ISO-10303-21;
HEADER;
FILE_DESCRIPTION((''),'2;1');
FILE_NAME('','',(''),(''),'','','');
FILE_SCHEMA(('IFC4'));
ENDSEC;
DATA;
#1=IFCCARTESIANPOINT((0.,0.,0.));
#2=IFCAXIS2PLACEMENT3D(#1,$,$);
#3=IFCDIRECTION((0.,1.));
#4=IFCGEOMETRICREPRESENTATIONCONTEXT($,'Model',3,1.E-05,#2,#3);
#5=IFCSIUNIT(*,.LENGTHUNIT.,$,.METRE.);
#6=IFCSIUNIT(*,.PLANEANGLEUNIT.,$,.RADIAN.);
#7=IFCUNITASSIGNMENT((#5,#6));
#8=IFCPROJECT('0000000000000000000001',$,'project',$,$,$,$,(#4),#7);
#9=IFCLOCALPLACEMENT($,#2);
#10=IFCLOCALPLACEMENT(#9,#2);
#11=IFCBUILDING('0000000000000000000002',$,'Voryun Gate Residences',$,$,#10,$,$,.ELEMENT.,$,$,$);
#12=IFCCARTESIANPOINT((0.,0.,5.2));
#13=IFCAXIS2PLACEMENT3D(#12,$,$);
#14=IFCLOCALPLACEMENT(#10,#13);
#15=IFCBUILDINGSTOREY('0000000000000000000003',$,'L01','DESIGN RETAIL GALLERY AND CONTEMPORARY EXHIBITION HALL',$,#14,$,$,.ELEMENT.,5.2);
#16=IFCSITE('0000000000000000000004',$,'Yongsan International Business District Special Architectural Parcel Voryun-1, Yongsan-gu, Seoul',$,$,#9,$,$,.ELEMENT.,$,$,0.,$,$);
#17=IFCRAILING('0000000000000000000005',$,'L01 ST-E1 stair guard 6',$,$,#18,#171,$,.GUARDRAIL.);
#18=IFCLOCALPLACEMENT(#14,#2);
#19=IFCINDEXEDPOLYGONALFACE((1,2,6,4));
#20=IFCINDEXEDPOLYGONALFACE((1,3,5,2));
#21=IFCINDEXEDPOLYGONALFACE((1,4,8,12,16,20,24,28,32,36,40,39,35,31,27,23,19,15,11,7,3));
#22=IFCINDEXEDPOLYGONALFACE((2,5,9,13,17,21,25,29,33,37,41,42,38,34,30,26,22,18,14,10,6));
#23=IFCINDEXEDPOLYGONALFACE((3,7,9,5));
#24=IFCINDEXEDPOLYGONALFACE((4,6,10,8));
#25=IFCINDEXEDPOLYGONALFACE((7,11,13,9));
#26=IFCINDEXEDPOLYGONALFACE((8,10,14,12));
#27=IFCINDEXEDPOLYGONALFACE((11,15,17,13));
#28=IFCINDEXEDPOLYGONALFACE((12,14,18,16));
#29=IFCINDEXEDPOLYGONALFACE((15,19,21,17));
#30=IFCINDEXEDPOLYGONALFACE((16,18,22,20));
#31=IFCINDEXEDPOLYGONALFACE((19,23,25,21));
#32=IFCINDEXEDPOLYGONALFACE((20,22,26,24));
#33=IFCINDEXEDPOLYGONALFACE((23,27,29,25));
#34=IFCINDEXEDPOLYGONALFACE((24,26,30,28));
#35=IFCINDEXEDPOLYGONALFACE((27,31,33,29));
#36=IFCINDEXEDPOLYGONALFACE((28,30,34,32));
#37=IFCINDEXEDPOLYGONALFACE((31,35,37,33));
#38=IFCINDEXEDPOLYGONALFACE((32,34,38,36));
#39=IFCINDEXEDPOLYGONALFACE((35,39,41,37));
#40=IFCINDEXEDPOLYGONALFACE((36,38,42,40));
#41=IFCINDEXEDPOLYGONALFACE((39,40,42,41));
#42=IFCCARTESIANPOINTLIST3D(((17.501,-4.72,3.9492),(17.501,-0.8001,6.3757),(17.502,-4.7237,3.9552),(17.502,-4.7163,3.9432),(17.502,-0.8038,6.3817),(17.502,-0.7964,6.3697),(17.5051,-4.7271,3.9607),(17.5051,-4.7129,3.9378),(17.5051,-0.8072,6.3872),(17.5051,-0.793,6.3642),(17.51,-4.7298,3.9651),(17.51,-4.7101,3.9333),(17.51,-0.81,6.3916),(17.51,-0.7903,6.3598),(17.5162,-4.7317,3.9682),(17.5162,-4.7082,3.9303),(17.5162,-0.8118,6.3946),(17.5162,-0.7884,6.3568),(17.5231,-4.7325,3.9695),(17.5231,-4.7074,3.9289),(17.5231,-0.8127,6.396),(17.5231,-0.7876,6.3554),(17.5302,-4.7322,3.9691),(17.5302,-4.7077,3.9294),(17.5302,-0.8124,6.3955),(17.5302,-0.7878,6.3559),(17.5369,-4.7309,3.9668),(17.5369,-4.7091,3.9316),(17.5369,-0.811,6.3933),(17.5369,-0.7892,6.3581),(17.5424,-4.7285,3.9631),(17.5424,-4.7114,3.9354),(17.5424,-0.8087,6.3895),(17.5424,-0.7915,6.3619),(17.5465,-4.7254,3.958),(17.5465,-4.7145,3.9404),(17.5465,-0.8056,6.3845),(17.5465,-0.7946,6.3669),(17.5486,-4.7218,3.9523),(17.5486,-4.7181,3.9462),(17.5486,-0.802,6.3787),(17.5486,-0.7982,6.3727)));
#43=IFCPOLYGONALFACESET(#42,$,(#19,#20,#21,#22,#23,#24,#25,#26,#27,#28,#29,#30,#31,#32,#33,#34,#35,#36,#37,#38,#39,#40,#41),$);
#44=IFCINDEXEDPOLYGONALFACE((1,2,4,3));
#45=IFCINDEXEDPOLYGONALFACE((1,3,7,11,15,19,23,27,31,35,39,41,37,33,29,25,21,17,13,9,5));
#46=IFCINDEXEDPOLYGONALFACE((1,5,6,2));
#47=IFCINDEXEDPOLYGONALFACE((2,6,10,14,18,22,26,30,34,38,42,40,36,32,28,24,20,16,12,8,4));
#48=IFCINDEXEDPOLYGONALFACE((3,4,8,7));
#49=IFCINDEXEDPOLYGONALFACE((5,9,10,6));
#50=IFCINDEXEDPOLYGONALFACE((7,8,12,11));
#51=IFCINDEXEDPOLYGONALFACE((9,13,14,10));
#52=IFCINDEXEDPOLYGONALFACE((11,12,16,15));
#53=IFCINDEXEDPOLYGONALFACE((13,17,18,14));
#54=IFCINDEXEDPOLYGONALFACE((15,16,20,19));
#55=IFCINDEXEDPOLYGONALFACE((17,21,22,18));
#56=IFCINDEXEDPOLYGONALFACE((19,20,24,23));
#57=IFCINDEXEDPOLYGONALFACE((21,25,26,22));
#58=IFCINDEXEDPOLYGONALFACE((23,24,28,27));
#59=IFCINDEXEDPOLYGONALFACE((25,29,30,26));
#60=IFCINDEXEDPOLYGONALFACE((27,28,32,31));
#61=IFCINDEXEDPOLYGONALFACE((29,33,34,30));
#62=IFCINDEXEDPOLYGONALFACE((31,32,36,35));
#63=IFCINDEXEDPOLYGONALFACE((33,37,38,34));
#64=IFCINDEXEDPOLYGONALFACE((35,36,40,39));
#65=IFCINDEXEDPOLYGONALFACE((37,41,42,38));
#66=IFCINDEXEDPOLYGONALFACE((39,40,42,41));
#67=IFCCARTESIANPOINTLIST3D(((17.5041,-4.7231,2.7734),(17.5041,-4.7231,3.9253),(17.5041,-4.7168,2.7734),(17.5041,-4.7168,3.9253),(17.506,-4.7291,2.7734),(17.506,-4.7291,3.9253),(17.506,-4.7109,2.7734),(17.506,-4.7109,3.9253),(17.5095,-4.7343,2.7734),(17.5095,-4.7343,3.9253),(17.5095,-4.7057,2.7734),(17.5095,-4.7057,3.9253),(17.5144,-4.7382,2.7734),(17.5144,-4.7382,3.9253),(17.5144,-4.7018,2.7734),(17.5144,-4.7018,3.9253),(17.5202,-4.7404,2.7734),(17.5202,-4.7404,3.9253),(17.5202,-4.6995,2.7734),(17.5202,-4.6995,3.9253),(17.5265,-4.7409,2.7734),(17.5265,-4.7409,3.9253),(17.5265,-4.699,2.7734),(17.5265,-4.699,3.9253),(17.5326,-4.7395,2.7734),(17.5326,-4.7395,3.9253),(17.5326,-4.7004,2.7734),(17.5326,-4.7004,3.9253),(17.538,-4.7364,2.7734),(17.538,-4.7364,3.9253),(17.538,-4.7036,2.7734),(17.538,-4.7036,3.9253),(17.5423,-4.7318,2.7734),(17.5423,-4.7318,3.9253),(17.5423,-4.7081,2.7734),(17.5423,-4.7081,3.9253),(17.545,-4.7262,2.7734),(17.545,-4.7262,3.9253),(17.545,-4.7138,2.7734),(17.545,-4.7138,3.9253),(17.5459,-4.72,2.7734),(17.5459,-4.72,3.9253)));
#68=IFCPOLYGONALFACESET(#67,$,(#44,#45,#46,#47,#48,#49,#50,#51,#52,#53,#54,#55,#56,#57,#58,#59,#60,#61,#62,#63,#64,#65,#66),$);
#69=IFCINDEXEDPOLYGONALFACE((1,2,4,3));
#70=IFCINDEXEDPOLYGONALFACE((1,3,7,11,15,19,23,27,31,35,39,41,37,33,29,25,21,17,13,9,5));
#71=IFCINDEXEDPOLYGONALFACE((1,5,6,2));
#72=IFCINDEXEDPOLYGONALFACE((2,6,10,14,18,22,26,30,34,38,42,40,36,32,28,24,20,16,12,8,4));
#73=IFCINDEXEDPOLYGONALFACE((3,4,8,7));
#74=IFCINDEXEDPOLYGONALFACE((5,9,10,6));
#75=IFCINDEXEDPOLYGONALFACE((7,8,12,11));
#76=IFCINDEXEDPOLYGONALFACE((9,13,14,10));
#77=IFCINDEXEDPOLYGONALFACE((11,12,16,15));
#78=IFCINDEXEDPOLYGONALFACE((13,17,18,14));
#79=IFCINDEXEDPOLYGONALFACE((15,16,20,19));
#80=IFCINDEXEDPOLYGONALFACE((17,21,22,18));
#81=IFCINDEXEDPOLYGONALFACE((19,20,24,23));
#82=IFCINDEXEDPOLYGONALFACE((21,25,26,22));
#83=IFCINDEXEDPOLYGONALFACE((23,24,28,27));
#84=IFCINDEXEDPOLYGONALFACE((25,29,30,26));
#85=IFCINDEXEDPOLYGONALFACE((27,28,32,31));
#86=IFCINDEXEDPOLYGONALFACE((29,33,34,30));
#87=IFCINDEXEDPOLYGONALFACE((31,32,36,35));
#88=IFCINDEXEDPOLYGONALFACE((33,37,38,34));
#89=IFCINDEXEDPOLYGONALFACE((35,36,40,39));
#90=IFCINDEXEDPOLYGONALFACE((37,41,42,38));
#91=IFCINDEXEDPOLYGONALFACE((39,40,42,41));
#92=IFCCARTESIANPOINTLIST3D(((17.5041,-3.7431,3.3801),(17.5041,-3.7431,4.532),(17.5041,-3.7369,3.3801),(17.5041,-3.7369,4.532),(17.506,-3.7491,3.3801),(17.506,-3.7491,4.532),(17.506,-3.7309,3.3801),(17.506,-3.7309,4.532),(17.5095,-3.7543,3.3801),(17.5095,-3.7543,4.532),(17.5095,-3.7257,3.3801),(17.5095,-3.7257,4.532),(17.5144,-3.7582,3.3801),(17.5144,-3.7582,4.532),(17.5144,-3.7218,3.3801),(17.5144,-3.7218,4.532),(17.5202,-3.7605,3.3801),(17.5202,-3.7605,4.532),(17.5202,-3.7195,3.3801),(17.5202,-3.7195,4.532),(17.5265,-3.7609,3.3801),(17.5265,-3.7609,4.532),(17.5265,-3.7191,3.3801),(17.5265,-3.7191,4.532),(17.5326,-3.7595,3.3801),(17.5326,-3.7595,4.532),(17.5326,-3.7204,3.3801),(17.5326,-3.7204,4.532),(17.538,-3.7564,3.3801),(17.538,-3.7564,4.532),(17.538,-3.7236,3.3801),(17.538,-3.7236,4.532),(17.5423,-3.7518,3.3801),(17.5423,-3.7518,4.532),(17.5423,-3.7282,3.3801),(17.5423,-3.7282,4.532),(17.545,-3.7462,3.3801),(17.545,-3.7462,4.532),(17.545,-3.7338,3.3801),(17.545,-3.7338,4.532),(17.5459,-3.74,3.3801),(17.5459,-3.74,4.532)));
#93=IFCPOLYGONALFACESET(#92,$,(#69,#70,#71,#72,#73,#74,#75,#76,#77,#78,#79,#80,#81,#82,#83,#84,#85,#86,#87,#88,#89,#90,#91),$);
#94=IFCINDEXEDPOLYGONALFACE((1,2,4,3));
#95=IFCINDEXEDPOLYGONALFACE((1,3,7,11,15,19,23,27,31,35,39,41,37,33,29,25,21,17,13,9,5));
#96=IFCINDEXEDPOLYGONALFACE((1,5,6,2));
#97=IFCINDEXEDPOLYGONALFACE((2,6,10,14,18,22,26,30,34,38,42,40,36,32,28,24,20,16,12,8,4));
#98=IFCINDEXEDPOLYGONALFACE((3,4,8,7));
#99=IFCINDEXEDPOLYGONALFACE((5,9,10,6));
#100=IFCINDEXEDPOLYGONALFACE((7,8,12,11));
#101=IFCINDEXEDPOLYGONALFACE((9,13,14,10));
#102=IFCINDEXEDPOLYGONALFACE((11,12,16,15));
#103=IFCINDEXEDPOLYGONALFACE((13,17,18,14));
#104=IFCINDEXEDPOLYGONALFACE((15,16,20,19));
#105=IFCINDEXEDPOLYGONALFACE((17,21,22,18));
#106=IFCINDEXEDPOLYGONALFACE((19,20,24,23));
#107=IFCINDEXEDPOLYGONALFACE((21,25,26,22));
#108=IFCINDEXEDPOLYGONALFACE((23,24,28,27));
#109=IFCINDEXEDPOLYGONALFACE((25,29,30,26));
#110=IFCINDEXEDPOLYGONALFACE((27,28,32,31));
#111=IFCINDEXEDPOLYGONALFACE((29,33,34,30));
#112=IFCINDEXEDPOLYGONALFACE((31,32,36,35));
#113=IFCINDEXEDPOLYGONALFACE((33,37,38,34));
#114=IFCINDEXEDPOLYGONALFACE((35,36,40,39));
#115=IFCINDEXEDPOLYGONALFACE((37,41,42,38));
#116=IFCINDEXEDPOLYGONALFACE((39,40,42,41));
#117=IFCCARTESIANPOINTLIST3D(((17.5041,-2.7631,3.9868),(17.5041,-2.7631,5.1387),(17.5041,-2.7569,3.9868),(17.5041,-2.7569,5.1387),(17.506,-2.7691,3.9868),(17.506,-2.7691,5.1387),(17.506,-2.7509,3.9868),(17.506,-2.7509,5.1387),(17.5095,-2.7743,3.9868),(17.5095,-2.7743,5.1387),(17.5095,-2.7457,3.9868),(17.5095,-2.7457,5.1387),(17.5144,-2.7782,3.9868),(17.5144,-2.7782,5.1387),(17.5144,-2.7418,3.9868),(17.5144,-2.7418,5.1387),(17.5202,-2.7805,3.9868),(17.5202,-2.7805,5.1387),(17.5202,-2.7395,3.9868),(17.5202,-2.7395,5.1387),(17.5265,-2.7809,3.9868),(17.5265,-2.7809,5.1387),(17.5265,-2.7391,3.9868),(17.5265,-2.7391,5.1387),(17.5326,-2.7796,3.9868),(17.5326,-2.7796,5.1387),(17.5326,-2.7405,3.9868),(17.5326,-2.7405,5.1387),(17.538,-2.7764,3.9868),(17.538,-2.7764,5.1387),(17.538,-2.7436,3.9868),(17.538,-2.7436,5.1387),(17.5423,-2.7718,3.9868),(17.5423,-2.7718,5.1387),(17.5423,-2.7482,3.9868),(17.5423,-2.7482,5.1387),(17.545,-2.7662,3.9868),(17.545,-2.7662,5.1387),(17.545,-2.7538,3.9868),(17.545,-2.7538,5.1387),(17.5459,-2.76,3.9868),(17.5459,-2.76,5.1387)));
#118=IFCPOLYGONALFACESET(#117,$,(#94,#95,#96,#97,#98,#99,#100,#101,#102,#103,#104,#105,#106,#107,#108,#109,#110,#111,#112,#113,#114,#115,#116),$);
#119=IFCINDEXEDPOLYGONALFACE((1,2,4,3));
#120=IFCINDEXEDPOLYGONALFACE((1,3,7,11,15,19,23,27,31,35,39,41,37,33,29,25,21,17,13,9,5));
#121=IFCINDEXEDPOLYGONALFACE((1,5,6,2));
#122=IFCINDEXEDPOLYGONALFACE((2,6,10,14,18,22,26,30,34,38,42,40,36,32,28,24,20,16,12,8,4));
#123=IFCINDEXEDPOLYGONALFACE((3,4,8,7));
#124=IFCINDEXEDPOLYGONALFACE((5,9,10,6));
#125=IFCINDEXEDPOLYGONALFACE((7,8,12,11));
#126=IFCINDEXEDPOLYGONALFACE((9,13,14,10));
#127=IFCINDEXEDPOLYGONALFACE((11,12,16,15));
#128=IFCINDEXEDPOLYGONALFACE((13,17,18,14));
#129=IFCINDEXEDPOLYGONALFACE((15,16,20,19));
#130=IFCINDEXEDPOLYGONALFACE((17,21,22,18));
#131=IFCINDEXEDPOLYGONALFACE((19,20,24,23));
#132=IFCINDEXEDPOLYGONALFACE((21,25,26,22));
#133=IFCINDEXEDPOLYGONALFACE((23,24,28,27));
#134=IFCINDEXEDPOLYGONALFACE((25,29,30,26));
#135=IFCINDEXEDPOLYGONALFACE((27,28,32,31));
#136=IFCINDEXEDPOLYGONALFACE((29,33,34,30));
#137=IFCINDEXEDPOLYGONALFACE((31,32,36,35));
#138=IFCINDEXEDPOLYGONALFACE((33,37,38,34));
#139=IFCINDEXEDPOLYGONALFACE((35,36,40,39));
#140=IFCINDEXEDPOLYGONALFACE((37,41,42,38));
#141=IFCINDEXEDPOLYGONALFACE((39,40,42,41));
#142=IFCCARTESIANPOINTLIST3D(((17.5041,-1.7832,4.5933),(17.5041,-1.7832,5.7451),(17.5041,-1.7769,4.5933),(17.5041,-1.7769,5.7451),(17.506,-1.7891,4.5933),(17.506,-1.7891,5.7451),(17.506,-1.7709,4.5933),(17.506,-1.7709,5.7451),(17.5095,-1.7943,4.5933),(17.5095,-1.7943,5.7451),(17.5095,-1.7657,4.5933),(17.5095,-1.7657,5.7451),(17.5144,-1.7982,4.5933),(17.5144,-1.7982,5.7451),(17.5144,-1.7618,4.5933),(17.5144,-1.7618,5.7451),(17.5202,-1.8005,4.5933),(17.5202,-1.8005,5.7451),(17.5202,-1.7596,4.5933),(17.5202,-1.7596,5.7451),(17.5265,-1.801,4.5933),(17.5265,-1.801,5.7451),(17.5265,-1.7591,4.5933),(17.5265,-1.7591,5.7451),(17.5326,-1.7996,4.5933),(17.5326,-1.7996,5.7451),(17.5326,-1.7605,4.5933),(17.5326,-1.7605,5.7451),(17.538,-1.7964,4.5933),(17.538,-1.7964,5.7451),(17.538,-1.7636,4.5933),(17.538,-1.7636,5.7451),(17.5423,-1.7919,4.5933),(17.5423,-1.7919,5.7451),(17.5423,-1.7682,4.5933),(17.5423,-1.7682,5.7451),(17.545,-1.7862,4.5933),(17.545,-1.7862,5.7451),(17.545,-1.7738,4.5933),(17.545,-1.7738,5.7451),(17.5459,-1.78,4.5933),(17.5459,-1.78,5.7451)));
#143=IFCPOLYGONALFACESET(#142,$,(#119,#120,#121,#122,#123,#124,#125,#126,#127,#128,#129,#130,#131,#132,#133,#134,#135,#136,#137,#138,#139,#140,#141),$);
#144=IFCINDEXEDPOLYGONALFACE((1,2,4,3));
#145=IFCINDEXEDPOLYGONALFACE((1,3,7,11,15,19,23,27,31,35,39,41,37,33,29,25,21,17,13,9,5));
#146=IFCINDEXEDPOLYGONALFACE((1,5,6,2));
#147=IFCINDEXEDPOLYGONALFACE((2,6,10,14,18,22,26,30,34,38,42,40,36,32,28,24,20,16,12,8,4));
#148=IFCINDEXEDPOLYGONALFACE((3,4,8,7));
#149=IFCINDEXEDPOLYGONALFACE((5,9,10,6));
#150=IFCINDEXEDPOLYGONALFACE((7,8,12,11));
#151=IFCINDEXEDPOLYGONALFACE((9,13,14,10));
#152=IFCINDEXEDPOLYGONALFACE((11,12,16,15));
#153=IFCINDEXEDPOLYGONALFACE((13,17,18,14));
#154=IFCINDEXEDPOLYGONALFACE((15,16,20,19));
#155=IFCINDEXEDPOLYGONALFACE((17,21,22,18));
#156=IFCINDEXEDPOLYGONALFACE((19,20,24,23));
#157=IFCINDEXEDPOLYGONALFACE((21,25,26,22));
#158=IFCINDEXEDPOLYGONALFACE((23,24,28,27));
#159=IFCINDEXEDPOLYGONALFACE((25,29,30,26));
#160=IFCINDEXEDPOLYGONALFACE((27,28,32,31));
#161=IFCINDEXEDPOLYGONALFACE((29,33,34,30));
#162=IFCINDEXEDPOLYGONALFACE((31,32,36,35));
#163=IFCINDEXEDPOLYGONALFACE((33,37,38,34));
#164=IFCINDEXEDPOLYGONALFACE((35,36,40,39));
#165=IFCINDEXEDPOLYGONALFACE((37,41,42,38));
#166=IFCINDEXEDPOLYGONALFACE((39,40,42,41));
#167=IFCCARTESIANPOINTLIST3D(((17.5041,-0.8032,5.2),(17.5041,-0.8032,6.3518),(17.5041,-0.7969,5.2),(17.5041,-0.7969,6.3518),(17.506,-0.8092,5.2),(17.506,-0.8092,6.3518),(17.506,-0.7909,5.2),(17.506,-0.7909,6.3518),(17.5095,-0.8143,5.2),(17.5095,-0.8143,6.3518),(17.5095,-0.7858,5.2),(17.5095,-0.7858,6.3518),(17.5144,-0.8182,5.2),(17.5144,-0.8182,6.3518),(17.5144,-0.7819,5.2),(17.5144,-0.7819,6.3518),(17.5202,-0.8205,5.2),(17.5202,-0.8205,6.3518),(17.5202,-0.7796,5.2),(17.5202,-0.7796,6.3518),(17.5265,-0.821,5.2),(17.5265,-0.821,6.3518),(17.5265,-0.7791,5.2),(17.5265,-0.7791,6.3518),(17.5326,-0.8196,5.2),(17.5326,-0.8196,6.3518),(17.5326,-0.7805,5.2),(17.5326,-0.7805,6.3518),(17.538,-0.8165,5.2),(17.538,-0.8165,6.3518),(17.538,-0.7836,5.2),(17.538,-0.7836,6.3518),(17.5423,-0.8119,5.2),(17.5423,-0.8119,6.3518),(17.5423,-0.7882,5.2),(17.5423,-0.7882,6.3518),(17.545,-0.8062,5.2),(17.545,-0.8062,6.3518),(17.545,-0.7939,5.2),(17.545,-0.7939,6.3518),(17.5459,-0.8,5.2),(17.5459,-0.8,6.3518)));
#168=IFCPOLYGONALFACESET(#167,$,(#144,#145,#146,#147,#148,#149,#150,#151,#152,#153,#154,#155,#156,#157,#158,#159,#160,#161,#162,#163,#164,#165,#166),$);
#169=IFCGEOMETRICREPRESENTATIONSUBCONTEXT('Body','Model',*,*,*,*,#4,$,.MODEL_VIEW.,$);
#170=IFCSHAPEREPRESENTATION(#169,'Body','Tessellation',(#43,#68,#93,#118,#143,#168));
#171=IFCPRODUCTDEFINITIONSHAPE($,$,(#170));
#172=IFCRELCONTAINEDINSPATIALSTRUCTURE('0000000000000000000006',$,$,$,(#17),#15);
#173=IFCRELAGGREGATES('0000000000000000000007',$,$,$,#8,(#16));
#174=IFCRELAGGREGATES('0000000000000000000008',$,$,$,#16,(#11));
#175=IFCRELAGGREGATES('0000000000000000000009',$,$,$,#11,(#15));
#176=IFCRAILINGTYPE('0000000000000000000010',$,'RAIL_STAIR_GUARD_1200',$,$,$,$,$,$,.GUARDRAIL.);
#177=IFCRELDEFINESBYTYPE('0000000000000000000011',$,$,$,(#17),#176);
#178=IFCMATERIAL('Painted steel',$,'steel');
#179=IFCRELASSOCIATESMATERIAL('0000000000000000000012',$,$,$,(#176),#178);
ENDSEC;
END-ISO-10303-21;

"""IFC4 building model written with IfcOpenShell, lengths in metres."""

from ifc_helpers import new_model, si_unit, direction, frame, origin, origin_2d, place, context, subcontext, project, spatial, circle, extrude, material, type_object, element, save


model = new_model("IFC4")

# Units and contexts
model_context = context("Model", 3, precision=1e-05, world=origin(), true_north=direction((0.0, 1.0)))
body_context = subcontext(model_context, "Body", "Model", "MODEL_VIEW")
ifc_project = project(units=[si_unit("LENGTHUNIT", "METRE"), si_unit("PLANEANGLEUNIT", "RADIAN")], contexts=[model_context])

# Site, building, storey
site_placement = place(None, origin())
site = spatial("IfcSite", under=ifc_project, at=site_placement, Name="Yongsan International Business District Special Architectural Parcel Voryun-1, Yongsan-gu, Seoul", CompositionType="ELEMENT", RefElevation=0.0)
building_placement = place(site_placement, origin())
building = spatial("IfcBuilding", under=site, at=building_placement, Name="Voryun Gate Residences", CompositionType="ELEMENT")
storey_placement = place(building_placement, frame((0.0, 0.0, 5.2)))
storey = spatial("IfcBuildingStorey", under=building, at=storey_placement, Name="L01", Description="DESIGN RETAIL GALLERY AND CONTEMPORARY EXHIBITION HALL", CompositionType="ELEMENT", Elevation=5.2)

# Railing
ifc_material_1 = material(Name="Painted steel", Category="steel")
railing_type_1 = type_object("IfcRailingType", Name="RAIL_STAIR_GUARD_1200", PredefinedType="GUARDRAIL", material=ifc_material_1)
railing_1_placement = place(storey_placement, frame((17.5249, -4.72, 2.7734)))
element("IfcRailing", 1, at=railing_1_placement, inside=storey, type_object=railing_type_1, Name="L01 ST-E1 stair guard 6", PredefinedType="GUARDRAIL", context=body_context, shape_type="SweptSolid", body=[
    extrude(circle(Radius=0.0239, at=origin_2d()), frame((0.0, 0.0, 1.1758), z_axis=(0.0, 0.850275, 0.526338), x_axis=(-1.0, 0.0, 0.0)), (0.0, 0.0, 1.0), 4.6101),
    extrude(circle(Radius=0.021, at=origin_2d()), origin(), (0.0, 0.0, 1.0), 1.1519),
    extrude(circle(Radius=0.021, at=origin_2d()), frame((0.0, 0.98, 0.6067)), (0.0, 0.0, 1.0), 1.1519),
    extrude(circle(Radius=0.021, at=origin_2d()), frame((0.0, 1.96, 1.2134)), (0.0, 0.0, 1.0), 1.1519),
    extrude(circle(Radius=0.021, at=origin_2d()), frame((0.0, 2.9399, 1.8198)), (0.0, 0.0, 1.0), 1.1519),
    extrude(circle(Radius=0.021, at=origin_2d()), frame((0.0, 3.9199, 2.4265)), (0.0, 0.0, 1.0), 1.1519),
])

save(model, "model.ifc")
